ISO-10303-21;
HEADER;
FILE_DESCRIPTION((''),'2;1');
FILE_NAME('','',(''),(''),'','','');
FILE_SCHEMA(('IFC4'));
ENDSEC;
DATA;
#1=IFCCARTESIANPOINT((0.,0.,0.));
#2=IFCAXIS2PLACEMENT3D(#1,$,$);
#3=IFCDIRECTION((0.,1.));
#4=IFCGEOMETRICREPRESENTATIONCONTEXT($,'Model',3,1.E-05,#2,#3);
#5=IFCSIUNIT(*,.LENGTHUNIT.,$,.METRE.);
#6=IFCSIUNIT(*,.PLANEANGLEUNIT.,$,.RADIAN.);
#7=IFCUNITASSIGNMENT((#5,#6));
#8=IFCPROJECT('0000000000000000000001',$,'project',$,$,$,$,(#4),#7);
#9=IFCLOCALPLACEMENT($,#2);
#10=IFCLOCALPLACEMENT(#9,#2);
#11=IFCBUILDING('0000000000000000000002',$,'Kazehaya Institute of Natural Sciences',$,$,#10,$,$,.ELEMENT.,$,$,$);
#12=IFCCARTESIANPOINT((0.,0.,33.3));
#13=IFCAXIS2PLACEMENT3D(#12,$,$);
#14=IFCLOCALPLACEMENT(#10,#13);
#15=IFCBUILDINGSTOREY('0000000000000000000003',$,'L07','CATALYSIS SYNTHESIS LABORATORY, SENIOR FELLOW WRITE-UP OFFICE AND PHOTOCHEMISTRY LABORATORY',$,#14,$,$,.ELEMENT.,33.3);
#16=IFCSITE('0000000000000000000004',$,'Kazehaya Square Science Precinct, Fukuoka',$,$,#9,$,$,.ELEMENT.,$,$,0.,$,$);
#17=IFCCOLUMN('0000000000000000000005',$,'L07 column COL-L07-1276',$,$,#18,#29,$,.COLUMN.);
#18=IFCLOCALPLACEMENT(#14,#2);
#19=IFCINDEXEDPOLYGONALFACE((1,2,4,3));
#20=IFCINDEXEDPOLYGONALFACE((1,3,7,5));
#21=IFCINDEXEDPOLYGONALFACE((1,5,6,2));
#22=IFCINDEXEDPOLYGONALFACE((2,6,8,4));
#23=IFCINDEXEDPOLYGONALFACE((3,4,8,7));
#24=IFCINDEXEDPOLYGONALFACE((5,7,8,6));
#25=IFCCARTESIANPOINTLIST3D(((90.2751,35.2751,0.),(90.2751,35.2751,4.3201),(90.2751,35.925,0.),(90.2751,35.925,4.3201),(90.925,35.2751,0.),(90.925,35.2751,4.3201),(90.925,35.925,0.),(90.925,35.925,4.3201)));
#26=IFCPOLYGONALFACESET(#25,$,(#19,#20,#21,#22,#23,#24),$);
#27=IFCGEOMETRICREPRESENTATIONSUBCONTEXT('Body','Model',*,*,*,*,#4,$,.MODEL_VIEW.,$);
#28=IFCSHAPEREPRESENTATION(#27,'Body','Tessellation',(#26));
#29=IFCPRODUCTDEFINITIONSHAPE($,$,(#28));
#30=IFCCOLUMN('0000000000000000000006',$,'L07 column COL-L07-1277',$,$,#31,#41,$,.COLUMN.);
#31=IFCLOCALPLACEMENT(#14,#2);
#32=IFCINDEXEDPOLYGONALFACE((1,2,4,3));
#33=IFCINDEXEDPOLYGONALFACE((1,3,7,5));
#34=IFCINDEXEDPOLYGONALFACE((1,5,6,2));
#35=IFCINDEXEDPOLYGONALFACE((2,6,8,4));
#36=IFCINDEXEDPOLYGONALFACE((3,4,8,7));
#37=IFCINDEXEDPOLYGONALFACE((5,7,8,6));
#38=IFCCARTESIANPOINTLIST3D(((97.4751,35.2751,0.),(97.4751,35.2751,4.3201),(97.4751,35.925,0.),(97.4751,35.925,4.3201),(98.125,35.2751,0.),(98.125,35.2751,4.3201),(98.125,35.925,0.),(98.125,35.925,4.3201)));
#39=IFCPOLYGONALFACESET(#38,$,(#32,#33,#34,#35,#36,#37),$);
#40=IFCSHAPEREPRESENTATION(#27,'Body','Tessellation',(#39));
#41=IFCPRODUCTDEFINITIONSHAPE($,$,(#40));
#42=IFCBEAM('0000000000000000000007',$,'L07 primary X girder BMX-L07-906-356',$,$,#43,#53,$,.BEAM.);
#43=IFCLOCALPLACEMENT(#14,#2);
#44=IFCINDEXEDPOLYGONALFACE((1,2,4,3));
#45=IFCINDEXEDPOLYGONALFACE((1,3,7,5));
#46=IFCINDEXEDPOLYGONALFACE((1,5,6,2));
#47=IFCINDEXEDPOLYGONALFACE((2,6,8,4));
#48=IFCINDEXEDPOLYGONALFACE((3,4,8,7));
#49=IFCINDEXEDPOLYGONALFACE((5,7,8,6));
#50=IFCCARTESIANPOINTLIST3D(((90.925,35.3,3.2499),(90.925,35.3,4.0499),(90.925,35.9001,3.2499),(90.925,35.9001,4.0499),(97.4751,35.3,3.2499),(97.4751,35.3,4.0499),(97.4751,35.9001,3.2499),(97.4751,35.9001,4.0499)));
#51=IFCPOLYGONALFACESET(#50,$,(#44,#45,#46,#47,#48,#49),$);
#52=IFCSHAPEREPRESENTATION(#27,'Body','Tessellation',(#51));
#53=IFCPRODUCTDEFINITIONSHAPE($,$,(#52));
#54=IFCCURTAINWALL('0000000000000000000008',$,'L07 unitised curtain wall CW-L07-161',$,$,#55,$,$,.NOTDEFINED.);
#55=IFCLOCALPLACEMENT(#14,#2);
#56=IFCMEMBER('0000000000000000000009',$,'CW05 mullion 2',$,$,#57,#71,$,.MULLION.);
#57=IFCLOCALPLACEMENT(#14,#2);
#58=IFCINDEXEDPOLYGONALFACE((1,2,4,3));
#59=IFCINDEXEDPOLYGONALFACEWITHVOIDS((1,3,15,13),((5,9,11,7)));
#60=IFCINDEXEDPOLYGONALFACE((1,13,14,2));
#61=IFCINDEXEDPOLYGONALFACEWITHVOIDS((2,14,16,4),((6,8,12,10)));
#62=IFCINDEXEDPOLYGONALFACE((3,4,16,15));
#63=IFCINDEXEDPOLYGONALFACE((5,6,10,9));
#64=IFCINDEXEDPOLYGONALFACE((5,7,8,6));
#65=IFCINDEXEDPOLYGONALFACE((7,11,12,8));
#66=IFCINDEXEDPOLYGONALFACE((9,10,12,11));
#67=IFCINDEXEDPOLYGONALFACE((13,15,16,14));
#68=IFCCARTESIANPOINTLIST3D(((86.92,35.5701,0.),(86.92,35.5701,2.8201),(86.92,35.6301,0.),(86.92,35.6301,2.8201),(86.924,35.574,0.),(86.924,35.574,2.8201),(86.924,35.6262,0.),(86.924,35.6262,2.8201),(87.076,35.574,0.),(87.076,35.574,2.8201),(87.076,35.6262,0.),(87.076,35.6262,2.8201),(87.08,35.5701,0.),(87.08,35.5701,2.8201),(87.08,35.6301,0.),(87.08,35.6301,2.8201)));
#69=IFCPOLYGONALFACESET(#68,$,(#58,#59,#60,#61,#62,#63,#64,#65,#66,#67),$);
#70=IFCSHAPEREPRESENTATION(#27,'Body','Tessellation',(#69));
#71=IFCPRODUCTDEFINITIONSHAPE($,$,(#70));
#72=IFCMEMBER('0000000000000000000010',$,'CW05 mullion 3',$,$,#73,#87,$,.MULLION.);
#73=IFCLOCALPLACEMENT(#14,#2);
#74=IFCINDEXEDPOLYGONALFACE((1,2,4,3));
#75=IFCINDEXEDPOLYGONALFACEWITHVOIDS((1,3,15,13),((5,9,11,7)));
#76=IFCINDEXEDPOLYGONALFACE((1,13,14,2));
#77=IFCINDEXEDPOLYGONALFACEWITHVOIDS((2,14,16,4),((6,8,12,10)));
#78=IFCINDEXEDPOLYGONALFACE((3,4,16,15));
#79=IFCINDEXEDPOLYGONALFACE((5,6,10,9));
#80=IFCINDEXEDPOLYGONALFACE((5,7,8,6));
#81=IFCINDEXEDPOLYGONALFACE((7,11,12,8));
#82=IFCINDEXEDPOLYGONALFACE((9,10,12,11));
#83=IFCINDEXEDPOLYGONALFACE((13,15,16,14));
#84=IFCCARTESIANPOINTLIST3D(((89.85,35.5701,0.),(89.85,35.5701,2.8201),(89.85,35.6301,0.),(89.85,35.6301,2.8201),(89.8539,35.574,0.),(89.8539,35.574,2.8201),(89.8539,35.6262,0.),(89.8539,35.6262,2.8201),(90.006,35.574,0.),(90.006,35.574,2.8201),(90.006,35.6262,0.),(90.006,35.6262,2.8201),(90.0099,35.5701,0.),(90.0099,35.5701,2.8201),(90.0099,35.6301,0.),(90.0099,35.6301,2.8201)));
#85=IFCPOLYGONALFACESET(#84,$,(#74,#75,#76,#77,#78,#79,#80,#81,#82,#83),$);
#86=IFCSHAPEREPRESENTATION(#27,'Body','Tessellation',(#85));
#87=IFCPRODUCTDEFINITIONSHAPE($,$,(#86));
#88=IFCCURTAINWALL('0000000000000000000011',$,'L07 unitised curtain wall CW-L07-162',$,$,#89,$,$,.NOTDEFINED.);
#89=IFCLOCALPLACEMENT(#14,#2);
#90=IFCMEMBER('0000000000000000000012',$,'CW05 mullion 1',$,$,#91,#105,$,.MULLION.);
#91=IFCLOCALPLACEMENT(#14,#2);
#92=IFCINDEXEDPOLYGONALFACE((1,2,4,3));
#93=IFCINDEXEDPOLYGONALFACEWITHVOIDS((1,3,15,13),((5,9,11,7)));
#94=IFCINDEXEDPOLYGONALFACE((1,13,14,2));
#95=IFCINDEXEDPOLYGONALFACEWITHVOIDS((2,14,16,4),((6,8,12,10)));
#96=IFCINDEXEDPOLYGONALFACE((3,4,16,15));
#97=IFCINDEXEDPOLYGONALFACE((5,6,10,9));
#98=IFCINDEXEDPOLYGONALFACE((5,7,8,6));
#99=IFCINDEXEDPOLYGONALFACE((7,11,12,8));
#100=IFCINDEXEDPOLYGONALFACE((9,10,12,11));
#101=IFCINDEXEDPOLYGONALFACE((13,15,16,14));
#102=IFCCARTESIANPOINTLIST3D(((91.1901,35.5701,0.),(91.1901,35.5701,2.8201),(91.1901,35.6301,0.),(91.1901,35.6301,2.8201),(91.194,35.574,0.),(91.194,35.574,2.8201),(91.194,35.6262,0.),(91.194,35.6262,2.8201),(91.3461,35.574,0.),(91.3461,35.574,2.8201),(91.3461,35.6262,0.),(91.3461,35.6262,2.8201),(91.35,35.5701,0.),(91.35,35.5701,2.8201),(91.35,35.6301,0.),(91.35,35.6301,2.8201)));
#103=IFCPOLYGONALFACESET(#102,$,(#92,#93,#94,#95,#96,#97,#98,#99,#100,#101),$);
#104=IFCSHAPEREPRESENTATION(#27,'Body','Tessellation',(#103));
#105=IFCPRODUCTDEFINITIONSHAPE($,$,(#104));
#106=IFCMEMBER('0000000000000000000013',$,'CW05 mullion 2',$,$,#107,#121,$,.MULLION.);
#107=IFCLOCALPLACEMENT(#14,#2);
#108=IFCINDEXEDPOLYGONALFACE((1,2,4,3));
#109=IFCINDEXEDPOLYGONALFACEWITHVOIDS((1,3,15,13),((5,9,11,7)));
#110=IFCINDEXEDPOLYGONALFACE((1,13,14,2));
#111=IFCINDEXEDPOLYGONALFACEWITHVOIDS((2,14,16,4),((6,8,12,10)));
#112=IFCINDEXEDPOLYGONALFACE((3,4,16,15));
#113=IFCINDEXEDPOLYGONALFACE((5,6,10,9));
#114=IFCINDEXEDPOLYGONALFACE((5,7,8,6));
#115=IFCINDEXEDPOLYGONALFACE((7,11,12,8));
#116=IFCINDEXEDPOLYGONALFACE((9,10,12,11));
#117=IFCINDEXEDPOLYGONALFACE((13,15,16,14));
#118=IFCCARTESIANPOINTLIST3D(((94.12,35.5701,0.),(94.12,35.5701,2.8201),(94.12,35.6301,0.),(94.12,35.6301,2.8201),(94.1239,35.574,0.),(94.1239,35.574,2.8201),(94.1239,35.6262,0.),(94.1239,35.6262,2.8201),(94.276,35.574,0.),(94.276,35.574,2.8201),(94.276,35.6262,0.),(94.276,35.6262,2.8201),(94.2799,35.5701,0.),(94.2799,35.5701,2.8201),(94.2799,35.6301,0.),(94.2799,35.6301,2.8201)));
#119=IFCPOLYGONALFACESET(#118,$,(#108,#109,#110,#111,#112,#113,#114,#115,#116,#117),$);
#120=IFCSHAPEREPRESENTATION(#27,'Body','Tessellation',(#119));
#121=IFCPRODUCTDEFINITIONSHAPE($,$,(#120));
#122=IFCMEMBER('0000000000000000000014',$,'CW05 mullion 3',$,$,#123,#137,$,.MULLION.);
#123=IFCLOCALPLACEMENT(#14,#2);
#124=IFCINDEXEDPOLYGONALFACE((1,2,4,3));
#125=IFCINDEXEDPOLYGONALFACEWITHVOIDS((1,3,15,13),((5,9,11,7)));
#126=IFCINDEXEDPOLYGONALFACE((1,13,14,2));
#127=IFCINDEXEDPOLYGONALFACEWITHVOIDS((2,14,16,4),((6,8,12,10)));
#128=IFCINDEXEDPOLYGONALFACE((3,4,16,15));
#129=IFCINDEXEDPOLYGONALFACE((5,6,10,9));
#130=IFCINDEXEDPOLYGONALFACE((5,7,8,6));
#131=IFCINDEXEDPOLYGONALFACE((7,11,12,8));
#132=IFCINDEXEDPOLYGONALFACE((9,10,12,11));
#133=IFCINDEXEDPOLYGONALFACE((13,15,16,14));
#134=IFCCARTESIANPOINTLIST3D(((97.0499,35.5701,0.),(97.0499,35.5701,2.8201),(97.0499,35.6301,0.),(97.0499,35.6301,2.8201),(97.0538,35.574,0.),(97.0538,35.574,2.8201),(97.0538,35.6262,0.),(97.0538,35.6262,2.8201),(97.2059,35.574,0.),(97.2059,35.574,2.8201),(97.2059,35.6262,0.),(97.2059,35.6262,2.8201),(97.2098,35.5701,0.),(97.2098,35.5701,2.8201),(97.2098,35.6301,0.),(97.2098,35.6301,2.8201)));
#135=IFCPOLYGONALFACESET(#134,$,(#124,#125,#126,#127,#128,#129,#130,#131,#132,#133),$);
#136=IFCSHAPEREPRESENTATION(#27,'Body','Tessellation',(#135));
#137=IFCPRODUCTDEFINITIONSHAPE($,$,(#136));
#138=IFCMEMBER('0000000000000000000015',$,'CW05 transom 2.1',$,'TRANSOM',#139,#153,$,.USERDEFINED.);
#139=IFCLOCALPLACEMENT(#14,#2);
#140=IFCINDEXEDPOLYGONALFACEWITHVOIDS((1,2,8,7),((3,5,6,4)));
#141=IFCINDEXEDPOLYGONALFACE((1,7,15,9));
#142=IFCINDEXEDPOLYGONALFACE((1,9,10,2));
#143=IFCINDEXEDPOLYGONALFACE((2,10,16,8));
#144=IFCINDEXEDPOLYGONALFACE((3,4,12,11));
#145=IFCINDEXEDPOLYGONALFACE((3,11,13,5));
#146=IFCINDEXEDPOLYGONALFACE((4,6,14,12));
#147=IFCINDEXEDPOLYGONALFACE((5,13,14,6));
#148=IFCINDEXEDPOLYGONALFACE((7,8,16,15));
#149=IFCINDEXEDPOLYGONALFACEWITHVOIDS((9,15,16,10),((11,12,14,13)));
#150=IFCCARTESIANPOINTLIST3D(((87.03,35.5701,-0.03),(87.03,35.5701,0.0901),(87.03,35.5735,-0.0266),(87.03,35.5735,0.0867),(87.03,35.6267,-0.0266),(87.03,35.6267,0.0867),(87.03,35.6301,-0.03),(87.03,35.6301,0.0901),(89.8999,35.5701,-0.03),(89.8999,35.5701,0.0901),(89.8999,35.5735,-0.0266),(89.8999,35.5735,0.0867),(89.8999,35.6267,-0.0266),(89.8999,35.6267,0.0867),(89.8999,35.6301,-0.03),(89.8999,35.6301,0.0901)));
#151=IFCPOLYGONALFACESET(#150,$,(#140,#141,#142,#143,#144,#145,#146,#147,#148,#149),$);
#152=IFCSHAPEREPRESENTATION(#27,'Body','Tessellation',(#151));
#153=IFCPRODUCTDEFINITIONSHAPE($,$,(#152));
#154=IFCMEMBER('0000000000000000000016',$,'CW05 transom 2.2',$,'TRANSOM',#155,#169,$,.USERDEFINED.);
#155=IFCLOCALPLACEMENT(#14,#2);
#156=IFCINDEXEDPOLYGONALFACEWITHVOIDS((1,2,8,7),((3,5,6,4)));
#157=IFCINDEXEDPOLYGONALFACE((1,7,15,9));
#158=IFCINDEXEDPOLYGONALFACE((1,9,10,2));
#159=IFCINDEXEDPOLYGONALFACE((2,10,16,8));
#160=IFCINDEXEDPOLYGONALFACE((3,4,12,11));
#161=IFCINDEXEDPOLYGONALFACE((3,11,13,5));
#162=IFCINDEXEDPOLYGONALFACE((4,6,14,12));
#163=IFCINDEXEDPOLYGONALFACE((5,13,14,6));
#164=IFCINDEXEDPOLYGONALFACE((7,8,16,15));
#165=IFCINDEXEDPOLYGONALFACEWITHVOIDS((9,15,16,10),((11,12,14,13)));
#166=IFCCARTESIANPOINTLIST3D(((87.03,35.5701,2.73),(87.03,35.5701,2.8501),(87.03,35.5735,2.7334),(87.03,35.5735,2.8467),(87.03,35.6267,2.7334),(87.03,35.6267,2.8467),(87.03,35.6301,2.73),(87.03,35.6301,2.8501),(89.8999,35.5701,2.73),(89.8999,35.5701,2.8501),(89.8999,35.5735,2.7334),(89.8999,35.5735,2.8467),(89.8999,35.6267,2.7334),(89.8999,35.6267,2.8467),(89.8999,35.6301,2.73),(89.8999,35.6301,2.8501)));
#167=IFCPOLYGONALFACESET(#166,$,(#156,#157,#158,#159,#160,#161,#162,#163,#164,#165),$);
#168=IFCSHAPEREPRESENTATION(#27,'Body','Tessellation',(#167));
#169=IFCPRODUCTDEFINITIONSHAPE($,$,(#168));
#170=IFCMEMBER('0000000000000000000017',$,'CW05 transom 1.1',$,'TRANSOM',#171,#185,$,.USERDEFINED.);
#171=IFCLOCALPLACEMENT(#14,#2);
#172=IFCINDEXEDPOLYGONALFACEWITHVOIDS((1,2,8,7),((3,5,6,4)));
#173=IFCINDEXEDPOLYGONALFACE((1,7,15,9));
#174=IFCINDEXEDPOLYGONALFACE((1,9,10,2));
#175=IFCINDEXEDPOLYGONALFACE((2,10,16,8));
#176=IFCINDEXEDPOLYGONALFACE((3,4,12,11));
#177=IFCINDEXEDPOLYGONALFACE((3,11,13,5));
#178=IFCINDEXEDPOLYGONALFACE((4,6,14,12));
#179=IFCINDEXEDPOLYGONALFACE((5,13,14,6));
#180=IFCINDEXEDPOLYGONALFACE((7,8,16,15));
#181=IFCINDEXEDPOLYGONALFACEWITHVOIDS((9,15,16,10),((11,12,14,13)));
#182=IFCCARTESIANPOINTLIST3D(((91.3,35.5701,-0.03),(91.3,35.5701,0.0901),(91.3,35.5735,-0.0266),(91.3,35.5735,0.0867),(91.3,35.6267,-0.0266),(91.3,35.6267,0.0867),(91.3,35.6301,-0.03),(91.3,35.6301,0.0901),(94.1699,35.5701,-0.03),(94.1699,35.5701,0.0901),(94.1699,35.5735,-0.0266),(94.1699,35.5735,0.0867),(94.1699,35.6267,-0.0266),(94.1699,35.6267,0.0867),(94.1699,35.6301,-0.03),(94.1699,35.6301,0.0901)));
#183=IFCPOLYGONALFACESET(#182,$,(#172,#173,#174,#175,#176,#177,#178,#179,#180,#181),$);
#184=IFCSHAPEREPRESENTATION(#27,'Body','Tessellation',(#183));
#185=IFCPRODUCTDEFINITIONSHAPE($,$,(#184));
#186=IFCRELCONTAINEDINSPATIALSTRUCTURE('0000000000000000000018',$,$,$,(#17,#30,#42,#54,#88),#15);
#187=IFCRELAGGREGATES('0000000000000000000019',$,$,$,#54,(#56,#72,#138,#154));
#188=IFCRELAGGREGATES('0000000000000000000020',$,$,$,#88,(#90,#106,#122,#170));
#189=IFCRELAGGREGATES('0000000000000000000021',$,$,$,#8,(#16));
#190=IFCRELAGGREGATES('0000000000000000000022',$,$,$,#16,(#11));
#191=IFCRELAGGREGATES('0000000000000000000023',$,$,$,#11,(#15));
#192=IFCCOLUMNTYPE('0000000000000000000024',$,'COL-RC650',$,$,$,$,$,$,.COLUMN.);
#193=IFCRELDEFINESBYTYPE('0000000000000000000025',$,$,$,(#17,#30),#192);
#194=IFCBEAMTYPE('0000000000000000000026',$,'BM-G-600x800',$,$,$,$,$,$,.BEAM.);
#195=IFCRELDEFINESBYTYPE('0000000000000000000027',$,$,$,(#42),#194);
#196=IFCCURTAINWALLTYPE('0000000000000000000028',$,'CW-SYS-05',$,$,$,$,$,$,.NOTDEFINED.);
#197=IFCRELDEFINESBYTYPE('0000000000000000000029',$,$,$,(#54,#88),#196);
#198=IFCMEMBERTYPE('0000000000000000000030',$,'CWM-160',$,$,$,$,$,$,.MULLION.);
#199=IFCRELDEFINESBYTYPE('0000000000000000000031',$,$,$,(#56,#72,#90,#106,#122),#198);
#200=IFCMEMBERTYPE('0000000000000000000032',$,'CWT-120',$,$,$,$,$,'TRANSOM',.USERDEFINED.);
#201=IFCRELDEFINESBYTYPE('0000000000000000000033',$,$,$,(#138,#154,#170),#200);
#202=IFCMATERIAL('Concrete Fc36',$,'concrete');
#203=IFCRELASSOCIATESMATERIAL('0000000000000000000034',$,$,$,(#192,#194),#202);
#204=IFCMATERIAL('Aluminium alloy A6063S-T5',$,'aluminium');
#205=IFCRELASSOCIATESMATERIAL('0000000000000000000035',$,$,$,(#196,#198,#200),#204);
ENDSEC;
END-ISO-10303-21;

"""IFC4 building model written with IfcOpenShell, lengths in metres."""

from ifc_helpers import new_model, si_unit, direction, frame, origin, origin_2d, place, context, subcontext, project, spatial, rectangle, hollow_rectangle, extrude, material, material_profile, profile_set, type_object, element, aggregate, save


model = new_model("IFC4")

# Units and contexts
model_context = context("Model", 3, precision=1e-05, world=origin(), true_north=direction((0.0, 1.0)))
body_context = subcontext(model_context, "Body", "Model", "MODEL_VIEW")
ifc_project = project(units=[si_unit("LENGTHUNIT", "METRE"), si_unit("PLANEANGLEUNIT", "RADIAN")], contexts=[model_context])

# Site, building, storey
site_placement = place(None, origin())
site = spatial("IfcSite", under=ifc_project, at=site_placement, Name="Kazehaya Square Science Precinct, Fukuoka", CompositionType="ELEMENT", RefElevation=0.0)
building_placement = place(site_placement, origin())
building = spatial("IfcBuilding", under=site, at=building_placement, Name="Kazehaya Institute of Natural Sciences", CompositionType="ELEMENT")
storey_placement = place(building_placement, frame((0.0, 0.0, 33.3)))
storey = spatial("IfcBuildingStorey", under=building, at=storey_placement, Name="L07", Description="CATALYSIS SYNTHESIS LABORATORY, SENIOR FELLOW WRITE-UP OFFICE AND PHOTOCHEMISTRY LABORATORY", CompositionType="ELEMENT", Elevation=33.3)

# Columns
ifc_material_1 = material(Name="Concrete Fc36", Category="concrete")
ifc_material_profile_1 = material_profile(ifc_material_1, rectangle(XDim=0.6499, YDim=0.6499, at=origin_2d()), Name="RC-650x650")
ifc_profile_set_1 = profile_set([ifc_material_profile_1], Name="Concrete Fc36")
column_type = type_object("IfcColumnType", Name="COL-RC650", PredefinedType="COLUMN", material=ifc_profile_set_1)
for number, where, z_axis, x_axis, name in (
    (1, (90.6001, 35.6001, 0.0), (0.0, 0.0, 1.0), (1.0, 0.0, 0.0), "L07 column COL-L07-1276"),
    (2, (97.8, 35.6001, 0.0), (0.0, 0.0, 1.0), (1.0, 0.0, 0.0), "L07 column COL-L07-1277"),
):
    element("IfcColumn", number, at=place(storey_placement, frame(where, z_axis=z_axis, x_axis=x_axis)), inside=storey, type_object=column_type, Name=name, PredefinedType="COLUMN", context=body_context, shape_type="SweptSolid", body=[
        extrude(rectangle(XDim=0.6499, YDim=0.6499, at=origin_2d()), origin(), (0.0, 0.0, 1.0), 4.3201),
    ])

# Beam
ifc_material_profile_2 = material_profile(ifc_material_1, rectangle(XDim=0.6001, YDim=0.8, at=origin_2d()), Name="RC-600x800")
ifc_profile_set_2 = profile_set([ifc_material_profile_2], Name="Concrete Fc36")
beam_type = type_object("IfcBeamType", Name="BM-G-600x800", PredefinedType="BEAM", material=ifc_profile_set_2)
beam_placement = place(storey_placement, frame((90.925, 35.6001, 3.6499), z_axis=(1.0, 0.0, 0.0), x_axis=(0.0, 1.0, 0.0)))
element("IfcBeam", 3, at=beam_placement, inside=storey, type_object=beam_type, Name="L07 primary X girder BMX-L07-906-356", PredefinedType="BEAM", context=body_context, shape_type="SweptSolid", body=[
    extrude(rectangle(XDim=0.6001, YDim=0.8, at=origin_2d()), origin(), (0.0, 0.0, 1.0), 6.55),
])

# Curtain walls, members
ifc_material_2 = material(Name="Aluminium alloy A6063S-T5", Category="aluminium")
curtain_wall_type = type_object("IfcCurtainWallType", Name="CW-SYS-05", PredefinedType="NOTDEFINED", material=ifc_material_2)
curtain_wall_1_placement = place(storey_placement, origin())
curtain_wall_1 = element("IfcCurtainWall", 4, at=curtain_wall_1_placement, inside=storey, type_object=curtain_wall_type, Name="L07 unitised curtain wall CW-L07-161", PredefinedType="NOTDEFINED")
ifc_material_profile_3 = material_profile(ifc_material_2, hollow_rectangle(XDim=0.0601, YDim=0.1599, WallThickness=0.0039, at=origin_2d()), Name="ALU-60x160x4")
ifc_profile_set_3 = profile_set([ifc_material_profile_3], Name="Aluminium alloy A6063S-T5")
member_type_1 = type_object("IfcMemberType", Name="CWM-160", PredefinedType="MULLION", material=ifc_profile_set_3)
member_1_placement = place(storey_placement, frame((87.0, 35.6001, 0.0), z_axis=(0.0, 0.0, 1.0), x_axis=(0.0, 1.0, 0.0)))
member_1 = element("IfcMember", 5, at=member_1_placement, type_object=member_type_1, Name="CW05 mullion 2", PredefinedType="MULLION", context=body_context, shape_type="SweptSolid", body=[
    extrude(hollow_rectangle(XDim=0.0601, YDim=0.1599, WallThickness=0.0039, at=origin_2d()), origin(), (0.0, 0.0, 1.0), 2.8201),
])
member_2_placement = place(storey_placement, frame((89.9299, 35.6001, 0.0), z_axis=(0.0, 0.0, 1.0), x_axis=(0.0, 1.0, 0.0)))
member_2 = element("IfcMember", 6, at=member_2_placement, type_object=member_type_1, Name="CW05 mullion 3", PredefinedType="MULLION", context=body_context, shape_type="SweptSolid", body=[
    extrude(hollow_rectangle(XDim=0.0601, YDim=0.1599, WallThickness=0.0039, at=origin_2d()), origin(), (0.0, 0.0, 1.0), 2.8201),
])
curtain_wall_2_placement = place(storey_placement, origin())
curtain_wall_2 = element("IfcCurtainWall", 7, at=curtain_wall_2_placement, inside=storey, type_object=curtain_wall_type, Name="L07 unitised curtain wall CW-L07-162", PredefinedType="NOTDEFINED")
member_3_placement = place(storey_placement, frame((91.27, 35.6001, 0.0), z_axis=(0.0, 0.0, 1.0), x_axis=(0.0, 1.0, 0.0)))
member_3 = element("IfcMember", 8, at=member_3_placement, type_object=member_type_1, Name="CW05 mullion 1", PredefinedType="MULLION", context=body_context, shape_type="SweptSolid", body=[
    extrude(hollow_rectangle(XDim=0.0601, YDim=0.1599, WallThickness=0.0039, at=origin_2d()), origin(), (0.0, 0.0, 1.0), 2.8201),
])
member_4_placement = place(storey_placement, frame((94.2, 35.6001, 0.0), z_axis=(0.0, 0.0, 1.0), x_axis=(0.0, 1.0, 0.0)))
member_4 = element("IfcMember", 9, at=member_4_placement, type_object=member_type_1, Name="CW05 mullion 2", PredefinedType="MULLION", context=body_context, shape_type="SweptSolid", body=[
    extrude(hollow_rectangle(XDim=0.0601, YDim=0.1599, WallThickness=0.0039, at=origin_2d()), origin(), (0.0, 0.0, 1.0), 2.8201),
])
member_5_placement = place(storey_placement, frame((97.1299, 35.6001, 0.0), z_axis=(0.0, 0.0, 1.0), x_axis=(0.0, 1.0, 0.0)))
member_5 = element("IfcMember", 10, at=member_5_placement, type_object=member_type_1, Name="CW05 mullion 3", PredefinedType="MULLION", context=body_context, shape_type="SweptSolid", body=[
    extrude(hollow_rectangle(XDim=0.0601, YDim=0.1599, WallThickness=0.0039, at=origin_2d()), origin(), (0.0, 0.0, 1.0), 2.8201),
])

# Members
ifc_material_profile_4 = material_profile(ifc_material_2, hollow_rectangle(XDim=0.0601, YDim=0.1201, WallThickness=0.0034, at=origin_2d()), Name="ALU-60x120x3.5")
ifc_profile_set_4 = profile_set([ifc_material_profile_4], Name="Aluminium alloy A6063S-T5")
member_type_2 = type_object("IfcMemberType", Name="CWT-120", ElementType="TRANSOM", PredefinedType="USERDEFINED", material=ifc_profile_set_4)
member_6_placement = place(storey_placement, frame((87.03, 35.6001, 0.03), z_axis=(1.0, 0.0, 0.0), x_axis=(0.0, 1.0, 0.0)))
member_6 = element("IfcMember", 11, at=member_6_placement, type_object=member_type_2, Name="CW05 transom 2.1", ObjectType="TRANSOM", PredefinedType="USERDEFINED", context=body_context, shape_type="SweptSolid", body=[
    extrude(hollow_rectangle(XDim=0.0601, YDim=0.1201, WallThickness=0.0034, at=origin_2d()), origin(), (0.0, 0.0, 1.0), 2.8699),
])
member_7_placement = place(storey_placement, frame((87.03, 35.6001, 2.79), z_axis=(1.0, 0.0, 0.0), x_axis=(0.0, 1.0, 0.0)))
member_7 = element("IfcMember", 12, at=member_7_placement, type_object=member_type_2, Name="CW05 transom 2.2", ObjectType="TRANSOM", PredefinedType="USERDEFINED", context=body_context, shape_type="SweptSolid", body=[
    extrude(hollow_rectangle(XDim=0.0601, YDim=0.1201, WallThickness=0.0034, at=origin_2d()), origin(), (0.0, 0.0, 1.0), 2.8699),
])
member_8_placement = place(storey_placement, frame((91.3, 35.6001, 0.03), z_axis=(1.0, 0.0, 0.0), x_axis=(0.0, 1.0, 0.0)))
member_8 = element("IfcMember", 13, at=member_8_placement, type_object=member_type_2, Name="CW05 transom 1.1", ObjectType="TRANSOM", PredefinedType="USERDEFINED", context=body_context, shape_type="SweptSolid", body=[
    extrude(hollow_rectangle(XDim=0.0601, YDim=0.1201, WallThickness=0.0034, at=origin_2d()), origin(), (0.0, 0.0, 1.0), 2.8699),
])

aggregate(curtain_wall_1, [member_1, member_2, member_6, member_7])
aggregate(curtain_wall_2, [member_3, member_4, member_5, member_8])

save(model, "model.ifc")
